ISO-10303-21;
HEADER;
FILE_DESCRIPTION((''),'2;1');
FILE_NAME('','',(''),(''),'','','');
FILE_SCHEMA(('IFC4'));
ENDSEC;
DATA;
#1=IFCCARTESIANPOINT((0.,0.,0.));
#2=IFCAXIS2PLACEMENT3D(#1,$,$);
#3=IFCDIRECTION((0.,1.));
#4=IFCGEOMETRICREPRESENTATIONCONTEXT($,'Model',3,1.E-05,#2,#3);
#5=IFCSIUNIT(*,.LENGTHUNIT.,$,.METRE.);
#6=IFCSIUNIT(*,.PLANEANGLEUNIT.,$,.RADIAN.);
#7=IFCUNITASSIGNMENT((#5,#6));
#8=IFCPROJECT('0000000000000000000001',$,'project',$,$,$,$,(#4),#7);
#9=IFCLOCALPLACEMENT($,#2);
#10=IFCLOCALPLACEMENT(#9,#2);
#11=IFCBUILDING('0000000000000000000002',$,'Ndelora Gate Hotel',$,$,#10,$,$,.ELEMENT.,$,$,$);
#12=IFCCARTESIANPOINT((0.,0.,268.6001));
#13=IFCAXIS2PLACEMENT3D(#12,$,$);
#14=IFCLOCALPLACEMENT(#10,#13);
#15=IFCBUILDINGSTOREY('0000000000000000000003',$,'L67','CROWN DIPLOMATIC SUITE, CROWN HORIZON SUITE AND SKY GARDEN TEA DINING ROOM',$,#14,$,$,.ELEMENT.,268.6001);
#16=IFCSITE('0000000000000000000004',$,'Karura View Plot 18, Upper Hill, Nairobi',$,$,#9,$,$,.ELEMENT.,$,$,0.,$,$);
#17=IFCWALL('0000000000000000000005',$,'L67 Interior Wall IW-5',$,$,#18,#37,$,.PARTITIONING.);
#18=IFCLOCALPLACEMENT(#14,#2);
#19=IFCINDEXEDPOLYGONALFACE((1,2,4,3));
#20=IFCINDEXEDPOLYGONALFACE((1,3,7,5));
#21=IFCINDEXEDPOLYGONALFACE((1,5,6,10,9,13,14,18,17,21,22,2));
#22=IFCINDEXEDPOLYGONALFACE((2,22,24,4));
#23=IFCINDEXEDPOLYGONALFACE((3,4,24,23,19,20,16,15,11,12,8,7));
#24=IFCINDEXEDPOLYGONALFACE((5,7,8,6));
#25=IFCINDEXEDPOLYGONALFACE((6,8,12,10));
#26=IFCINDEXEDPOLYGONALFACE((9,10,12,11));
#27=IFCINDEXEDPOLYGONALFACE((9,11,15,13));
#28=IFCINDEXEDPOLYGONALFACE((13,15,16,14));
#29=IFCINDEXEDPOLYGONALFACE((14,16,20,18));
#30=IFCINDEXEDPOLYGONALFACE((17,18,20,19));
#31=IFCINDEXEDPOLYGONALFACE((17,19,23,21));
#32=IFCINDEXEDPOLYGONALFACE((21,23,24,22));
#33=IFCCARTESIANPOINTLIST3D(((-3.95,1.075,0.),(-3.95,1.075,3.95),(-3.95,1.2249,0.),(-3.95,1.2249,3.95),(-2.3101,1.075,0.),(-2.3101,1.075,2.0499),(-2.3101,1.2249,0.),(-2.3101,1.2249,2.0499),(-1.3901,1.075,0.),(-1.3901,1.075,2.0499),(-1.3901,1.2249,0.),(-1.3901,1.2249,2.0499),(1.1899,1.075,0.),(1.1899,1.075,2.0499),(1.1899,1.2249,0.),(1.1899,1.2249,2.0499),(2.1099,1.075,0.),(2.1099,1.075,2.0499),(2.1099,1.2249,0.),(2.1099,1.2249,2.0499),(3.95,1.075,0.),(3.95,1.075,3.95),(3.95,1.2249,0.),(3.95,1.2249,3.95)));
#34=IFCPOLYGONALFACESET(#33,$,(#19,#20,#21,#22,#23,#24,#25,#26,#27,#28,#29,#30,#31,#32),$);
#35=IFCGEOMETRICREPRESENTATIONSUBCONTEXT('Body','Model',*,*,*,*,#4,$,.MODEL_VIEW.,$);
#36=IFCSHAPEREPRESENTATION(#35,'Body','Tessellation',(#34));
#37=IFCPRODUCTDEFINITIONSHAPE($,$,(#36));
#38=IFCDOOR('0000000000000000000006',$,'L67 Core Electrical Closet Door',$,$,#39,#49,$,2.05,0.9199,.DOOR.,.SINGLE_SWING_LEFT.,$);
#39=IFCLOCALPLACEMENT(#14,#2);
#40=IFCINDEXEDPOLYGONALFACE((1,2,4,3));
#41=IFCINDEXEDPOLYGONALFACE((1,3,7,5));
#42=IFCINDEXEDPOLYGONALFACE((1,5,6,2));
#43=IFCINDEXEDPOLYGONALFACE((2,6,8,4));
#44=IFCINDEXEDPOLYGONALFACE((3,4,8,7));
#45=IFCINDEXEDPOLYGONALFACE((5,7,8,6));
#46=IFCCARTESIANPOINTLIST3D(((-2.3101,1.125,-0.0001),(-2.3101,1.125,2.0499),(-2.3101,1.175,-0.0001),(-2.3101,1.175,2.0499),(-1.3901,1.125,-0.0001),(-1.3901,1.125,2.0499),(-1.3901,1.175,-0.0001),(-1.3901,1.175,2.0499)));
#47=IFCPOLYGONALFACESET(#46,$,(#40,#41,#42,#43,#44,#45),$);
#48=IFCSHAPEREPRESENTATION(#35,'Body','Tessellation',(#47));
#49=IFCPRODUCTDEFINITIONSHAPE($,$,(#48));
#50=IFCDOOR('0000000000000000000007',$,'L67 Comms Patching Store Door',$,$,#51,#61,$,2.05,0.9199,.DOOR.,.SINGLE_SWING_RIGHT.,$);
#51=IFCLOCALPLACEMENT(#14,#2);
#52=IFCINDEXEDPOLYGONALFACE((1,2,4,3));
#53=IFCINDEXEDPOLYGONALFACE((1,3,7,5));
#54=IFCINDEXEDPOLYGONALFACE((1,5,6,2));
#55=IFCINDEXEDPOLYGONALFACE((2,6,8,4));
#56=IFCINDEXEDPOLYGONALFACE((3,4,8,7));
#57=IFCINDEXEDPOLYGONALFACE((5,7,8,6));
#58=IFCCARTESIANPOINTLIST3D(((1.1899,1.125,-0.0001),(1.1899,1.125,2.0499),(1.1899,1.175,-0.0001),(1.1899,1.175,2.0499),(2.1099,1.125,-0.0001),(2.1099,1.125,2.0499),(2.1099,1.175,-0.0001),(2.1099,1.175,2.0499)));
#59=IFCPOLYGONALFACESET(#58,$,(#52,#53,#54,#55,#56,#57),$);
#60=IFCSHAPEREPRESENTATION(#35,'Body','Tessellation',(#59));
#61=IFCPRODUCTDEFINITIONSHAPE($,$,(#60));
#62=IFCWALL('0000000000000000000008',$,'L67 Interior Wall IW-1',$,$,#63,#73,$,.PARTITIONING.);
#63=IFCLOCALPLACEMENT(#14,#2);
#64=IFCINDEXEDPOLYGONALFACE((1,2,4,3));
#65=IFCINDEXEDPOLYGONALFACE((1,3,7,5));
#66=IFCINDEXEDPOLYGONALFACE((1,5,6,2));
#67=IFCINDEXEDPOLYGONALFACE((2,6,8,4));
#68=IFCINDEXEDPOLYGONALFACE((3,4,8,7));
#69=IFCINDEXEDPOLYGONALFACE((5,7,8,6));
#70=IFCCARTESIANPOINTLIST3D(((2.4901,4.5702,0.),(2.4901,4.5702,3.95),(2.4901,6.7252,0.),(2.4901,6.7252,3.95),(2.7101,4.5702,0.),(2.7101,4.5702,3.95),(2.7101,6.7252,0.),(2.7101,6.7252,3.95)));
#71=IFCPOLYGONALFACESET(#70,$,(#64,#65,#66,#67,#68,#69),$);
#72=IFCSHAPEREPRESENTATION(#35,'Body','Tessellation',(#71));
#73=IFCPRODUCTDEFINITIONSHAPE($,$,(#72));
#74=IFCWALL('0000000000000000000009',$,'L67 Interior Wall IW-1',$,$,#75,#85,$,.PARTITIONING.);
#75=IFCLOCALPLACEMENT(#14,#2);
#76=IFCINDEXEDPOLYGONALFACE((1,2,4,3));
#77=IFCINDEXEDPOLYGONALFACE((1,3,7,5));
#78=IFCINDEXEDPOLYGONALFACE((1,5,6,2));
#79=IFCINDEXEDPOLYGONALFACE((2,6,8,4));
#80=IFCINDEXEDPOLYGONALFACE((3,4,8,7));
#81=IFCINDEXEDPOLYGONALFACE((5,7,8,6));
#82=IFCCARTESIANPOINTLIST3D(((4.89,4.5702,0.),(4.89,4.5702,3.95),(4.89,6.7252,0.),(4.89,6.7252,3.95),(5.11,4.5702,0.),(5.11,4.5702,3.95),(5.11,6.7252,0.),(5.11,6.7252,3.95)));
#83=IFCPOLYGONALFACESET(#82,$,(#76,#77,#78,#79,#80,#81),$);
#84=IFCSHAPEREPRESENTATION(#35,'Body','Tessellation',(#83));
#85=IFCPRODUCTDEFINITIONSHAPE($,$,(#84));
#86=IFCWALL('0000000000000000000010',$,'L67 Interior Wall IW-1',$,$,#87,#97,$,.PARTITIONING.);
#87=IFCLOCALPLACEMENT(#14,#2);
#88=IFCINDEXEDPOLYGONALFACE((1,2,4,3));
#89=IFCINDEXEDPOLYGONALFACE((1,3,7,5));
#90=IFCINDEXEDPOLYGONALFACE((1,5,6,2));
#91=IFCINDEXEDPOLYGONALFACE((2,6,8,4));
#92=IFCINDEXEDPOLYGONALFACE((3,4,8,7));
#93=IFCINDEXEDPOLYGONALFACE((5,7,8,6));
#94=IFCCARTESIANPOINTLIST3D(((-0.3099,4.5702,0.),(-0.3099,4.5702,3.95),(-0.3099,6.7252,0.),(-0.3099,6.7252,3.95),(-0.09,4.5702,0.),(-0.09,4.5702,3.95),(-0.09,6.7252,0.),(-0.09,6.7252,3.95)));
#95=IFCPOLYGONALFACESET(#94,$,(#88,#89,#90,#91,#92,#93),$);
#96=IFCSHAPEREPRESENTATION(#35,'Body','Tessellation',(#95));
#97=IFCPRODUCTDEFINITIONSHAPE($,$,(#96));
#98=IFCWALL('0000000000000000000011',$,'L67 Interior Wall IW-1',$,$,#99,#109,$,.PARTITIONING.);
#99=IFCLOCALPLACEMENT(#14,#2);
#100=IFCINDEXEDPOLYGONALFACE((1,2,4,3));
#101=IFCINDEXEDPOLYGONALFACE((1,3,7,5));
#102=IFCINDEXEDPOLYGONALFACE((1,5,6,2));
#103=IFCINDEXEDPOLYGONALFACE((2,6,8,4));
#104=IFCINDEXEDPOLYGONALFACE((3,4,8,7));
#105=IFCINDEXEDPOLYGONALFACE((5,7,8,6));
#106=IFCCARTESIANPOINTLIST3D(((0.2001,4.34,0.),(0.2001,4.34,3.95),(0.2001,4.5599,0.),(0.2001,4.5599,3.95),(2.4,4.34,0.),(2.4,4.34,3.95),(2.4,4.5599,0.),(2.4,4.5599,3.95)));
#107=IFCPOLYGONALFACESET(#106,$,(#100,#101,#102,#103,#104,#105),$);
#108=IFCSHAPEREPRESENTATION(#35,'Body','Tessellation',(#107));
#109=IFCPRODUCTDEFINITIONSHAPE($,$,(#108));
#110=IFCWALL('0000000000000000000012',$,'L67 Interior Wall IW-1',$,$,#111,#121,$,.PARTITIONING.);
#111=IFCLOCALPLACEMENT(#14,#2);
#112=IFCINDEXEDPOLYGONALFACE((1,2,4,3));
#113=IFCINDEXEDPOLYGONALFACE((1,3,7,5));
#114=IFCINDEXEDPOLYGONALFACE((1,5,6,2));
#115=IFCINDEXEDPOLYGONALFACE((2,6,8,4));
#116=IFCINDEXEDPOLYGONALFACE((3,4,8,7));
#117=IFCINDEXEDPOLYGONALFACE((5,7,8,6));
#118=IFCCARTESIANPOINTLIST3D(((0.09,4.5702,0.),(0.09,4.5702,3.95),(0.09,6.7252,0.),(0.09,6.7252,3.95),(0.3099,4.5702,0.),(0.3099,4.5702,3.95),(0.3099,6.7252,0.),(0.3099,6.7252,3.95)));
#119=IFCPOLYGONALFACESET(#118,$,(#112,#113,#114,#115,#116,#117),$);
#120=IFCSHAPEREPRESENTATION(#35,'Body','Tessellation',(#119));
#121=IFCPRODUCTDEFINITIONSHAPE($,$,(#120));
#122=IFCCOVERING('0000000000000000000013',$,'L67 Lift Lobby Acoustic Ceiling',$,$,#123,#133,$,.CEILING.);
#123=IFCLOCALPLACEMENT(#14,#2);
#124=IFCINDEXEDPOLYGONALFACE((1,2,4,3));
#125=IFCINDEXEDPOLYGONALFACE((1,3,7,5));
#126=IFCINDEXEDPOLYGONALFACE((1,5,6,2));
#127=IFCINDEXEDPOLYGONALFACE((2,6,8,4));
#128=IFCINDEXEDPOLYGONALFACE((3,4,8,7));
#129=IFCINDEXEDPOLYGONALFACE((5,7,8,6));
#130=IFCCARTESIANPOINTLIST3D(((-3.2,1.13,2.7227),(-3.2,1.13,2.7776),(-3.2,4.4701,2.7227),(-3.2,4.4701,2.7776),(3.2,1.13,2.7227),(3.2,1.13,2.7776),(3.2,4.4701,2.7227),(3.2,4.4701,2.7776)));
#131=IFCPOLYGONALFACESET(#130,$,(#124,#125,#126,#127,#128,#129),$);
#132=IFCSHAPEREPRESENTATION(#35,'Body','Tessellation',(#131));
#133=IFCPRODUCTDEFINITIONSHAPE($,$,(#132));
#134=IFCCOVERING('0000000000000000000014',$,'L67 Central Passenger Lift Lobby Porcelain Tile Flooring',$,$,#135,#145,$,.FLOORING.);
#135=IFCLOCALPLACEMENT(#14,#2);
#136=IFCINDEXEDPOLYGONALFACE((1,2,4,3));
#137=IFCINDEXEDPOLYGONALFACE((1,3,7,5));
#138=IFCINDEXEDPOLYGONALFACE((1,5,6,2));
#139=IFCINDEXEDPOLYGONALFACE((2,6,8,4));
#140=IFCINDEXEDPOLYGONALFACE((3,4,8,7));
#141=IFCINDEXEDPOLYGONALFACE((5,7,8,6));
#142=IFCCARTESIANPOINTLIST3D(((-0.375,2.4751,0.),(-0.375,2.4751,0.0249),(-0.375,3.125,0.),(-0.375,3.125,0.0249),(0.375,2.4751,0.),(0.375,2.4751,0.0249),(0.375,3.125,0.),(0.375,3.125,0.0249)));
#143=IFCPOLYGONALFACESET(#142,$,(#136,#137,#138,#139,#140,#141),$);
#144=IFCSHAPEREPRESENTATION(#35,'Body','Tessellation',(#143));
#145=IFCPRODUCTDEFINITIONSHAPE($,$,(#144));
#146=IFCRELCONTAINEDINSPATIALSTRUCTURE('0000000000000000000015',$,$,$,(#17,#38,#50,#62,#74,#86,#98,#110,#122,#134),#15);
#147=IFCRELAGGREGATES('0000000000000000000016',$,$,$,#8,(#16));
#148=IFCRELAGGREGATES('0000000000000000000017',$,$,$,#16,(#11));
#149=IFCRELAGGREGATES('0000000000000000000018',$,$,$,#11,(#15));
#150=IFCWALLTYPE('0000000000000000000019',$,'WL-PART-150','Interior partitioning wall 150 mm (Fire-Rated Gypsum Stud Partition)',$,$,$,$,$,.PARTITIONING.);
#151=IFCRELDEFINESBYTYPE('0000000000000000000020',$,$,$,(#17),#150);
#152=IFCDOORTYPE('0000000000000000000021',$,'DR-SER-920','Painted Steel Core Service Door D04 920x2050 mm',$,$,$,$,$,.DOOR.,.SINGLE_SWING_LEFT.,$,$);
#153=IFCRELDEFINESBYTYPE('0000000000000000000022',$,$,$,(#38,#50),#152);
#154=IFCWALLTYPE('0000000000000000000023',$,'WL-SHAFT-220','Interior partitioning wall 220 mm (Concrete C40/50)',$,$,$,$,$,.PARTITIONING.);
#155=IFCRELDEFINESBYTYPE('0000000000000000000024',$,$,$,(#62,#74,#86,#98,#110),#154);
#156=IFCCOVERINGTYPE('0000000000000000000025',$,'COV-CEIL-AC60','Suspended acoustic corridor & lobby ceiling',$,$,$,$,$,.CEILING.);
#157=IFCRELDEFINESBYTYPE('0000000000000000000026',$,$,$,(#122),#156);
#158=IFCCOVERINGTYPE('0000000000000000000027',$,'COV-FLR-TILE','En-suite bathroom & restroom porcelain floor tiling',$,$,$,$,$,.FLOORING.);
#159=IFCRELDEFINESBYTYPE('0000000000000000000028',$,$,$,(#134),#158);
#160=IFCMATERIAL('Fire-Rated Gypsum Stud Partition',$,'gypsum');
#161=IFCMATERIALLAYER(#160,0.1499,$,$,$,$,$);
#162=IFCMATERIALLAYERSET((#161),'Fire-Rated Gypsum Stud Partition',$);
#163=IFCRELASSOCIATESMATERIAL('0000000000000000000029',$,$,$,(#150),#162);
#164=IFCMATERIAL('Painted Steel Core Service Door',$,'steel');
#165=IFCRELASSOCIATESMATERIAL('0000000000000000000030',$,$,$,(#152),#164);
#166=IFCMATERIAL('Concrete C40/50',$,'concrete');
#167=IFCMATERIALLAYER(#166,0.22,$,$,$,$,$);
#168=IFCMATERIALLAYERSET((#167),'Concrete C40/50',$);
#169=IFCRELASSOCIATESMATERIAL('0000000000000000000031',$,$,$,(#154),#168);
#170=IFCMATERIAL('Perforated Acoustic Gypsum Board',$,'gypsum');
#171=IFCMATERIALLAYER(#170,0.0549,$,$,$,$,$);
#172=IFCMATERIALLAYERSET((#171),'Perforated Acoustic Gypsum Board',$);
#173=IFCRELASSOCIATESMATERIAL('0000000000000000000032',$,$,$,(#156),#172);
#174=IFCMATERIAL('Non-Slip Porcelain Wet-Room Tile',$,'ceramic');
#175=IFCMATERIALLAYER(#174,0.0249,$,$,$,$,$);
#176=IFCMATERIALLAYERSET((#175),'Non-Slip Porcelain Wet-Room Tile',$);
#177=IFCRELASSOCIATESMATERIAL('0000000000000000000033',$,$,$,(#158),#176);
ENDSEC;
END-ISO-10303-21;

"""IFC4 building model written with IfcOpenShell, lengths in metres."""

from ifc_helpers import new_model, si_unit, direction, frame, frame_2d, origin, origin_2d, place, context, subcontext, project, spatial, rectangle, extrude, material, layer, layer_set, type_object, element, fill, save


model = new_model("IFC4")

# Units and contexts
model_context = context("Model", 3, precision=1e-05, world=origin(), true_north=direction((0.0, 1.0)))
body_context = subcontext(model_context, "Body", "Model", "MODEL_VIEW")
ifc_project = project(units=[si_unit("LENGTHUNIT", "METRE"), si_unit("PLANEANGLEUNIT", "RADIAN")], contexts=[model_context])

# Site, building, storey
site_placement = place(None, origin())
site = spatial("IfcSite", under=ifc_project, at=site_placement, Name="Karura View Plot 18, Upper Hill, Nairobi", CompositionType="ELEMENT", RefElevation=0.0)
building_placement = place(site_placement, origin())
building = spatial("IfcBuilding", under=site, at=building_placement, Name="Ndelora Gate Hotel", CompositionType="ELEMENT")
storey_placement = place(building_placement, frame((0.0, 0.0, 268.6001)))
storey = spatial("IfcBuildingStorey", under=building, at=storey_placement, Name="L67", Description="CROWN DIPLOMATIC SUITE, CROWN HORIZON SUITE AND SKY GARDEN TEA DINING ROOM", CompositionType="ELEMENT", Elevation=268.6001)

# Shared definitions
ifc_material_1 = material(Name="Concrete C40/50", Category="concrete")

# Wall, openings, doors
ifc_material_2 = material(Name="Fire-Rated Gypsum Stud Partition", Category="gypsum")
ifc_layer_1 = layer(ifc_material_2, 0.1499)
ifc_layer_set_1 = layer_set([ifc_layer_1], Name="Fire-Rated Gypsum Stud Partition")
wall_type_1 = type_object("IfcWallType", Name="WL-PART-150", Description="Interior partitioning wall 150 mm (Fire-Rated Gypsum Stud Partition)", PredefinedType="PARTITIONING", material=ifc_layer_set_1)
wall_1_placement = place(storey_placement, frame((3.95, 1.1499, 0.0), z_axis=(0.0, 0.0, 1.0), x_axis=(-1.0, 0.0, 0.0)))
wall_1 = element("IfcWall", 1, at=wall_1_placement, inside=storey, type_object=wall_type_1, Name="L67 Interior Wall IW-5", PredefinedType="PARTITIONING", context=body_context, shape_type="SweptSolid", body=[
    extrude(rectangle(XDim=7.8999, YDim=0.1499, at=frame_2d((3.95, 0.0))), origin(), (0.0, 0.0, 1.0), 3.95),
])
opening_1_placement = place(wall_1_placement, frame((5.3401, 0.0, 0.0)))
opening_1 = element("IfcOpeningElement", 2, at=opening_1_placement, cuts=wall_1, PredefinedType="OPENING", context=body_context, shape_type="SweptSolid", body=[
    extrude(rectangle(XDim=0.9199, YDim=2.05, at=frame_2d((0.46, 1.0249))), frame((0.0, 0.085, 0.0), z_axis=(0.0, -1.0, 0.0), x_axis=(1.0, 0.0, 0.0)), (0.0, 0.0, 1.0), 0.1699),
])
opening_2_placement = place(wall_1_placement, frame((1.8401, 0.0, 0.0)))
opening_2 = element("IfcOpeningElement", 3, at=opening_2_placement, cuts=wall_1, PredefinedType="OPENING", context=body_context, shape_type="SweptSolid", body=[
    extrude(rectangle(XDim=0.9199, YDim=2.05, at=frame_2d((0.46, 1.0249))), frame((0.0, 0.085, 0.0), z_axis=(0.0, -1.0, 0.0), x_axis=(1.0, 0.0, 0.0)), (0.0, 0.0, 1.0), 0.1699),
])
ifc_material_3 = material(Name="Painted Steel Core Service Door", Category="steel")
door_type_1 = type_object("IfcDoorType", Name="DR-SER-920", Description="Painted Steel Core Service Door D04 920x2050 mm", OperationType="SINGLE_SWING_LEFT", PredefinedType="DOOR", material=ifc_material_3)
door_1_placement = place(opening_1_placement, origin())
door_1 = element("IfcDoor", 4, at=door_1_placement, inside=storey, type_object=door_type_1, Name="L67 Core Electrical Closet Door", OperationType="SINGLE_SWING_LEFT", OverallHeight=2.05, OverallWidth=0.9199, PredefinedType="DOOR", context=body_context, shape_type="SweptSolid", body=[
    extrude(rectangle(XDim=0.9199, YDim=2.05, at=frame_2d((0.46, 1.0249))), frame((0.0, 0.0249, 0.0), z_axis=(0.0, -1.0, 0.0), x_axis=(1.0, 0.0, 0.0)), (0.0, 0.0, 1.0), 0.05),
])
fill(opening_1, door_1)
door_2_placement = place(opening_2_placement, origin())
door_2 = element("IfcDoor", 5, at=door_2_placement, inside=storey, type_object=door_type_1, Name="L67 Comms Patching Store Door", OperationType="SINGLE_SWING_RIGHT", OverallHeight=2.05, OverallWidth=0.9199, PredefinedType="DOOR", context=body_context, shape_type="SweptSolid", body=[
    extrude(rectangle(XDim=0.9199, YDim=2.05, at=frame_2d((0.46, 1.0249))), frame((0.0, 0.0249, 0.0), z_axis=(0.0, -1.0, 0.0), x_axis=(1.0, 0.0, 0.0)), (0.0, 0.0, 1.0), 0.05),
])
fill(opening_2, door_2)

# Shared definitions
ifc_layer_2 = layer(ifc_material_1, 0.22)
ifc_layer_set_2 = layer_set([ifc_layer_2], Name="Concrete C40/50")
wall_type_2 = type_object("IfcWallType", Name="WL-SHAFT-220", Description="Interior partitioning wall 220 mm (Concrete C40/50)", PredefinedType="PARTITIONING", material=ifc_layer_set_2)

# Walls
for number, where, z_axis, x_axis, name in (
    (6, (2.6001, 4.5701, 0.0), (0.0, 0.0, 1.0), (0.0, 1.0, 0.0), "L67 Interior Wall IW-1"),
    (7, (5.0, 4.5701, 0.0), (0.0, 0.0, 1.0), (0.0, 1.0, 0.0), "L67 Interior Wall IW-1"),
    (8, (-0.2, 4.5701, 0.0), (0.0, 0.0, 1.0), (0.0, 1.0, 0.0), "L67 Interior Wall IW-1"),
):
    element("IfcWall", number, at=place(storey_placement, frame(where, z_axis=z_axis, x_axis=x_axis)), inside=storey, type_object=wall_type_2, Name=name, PredefinedType="PARTITIONING", context=body_context, shape_type="SweptSolid", body=[
        extrude(rectangle(XDim=2.155, YDim=0.22, at=frame_2d((1.0776, 0.0))), origin(), (0.0, 0.0, 1.0), 3.95),
    ])
wall_2_placement = place(storey_placement, frame((0.2, 4.45, 0.0), z_axis=(0.0, 0.0, 1.0), x_axis=(1.0, 0.0, 0.0)))
element("IfcWall", 9, at=wall_2_placement, inside=storey, type_object=wall_type_2, Name="L67 Interior Wall IW-1", PredefinedType="PARTITIONING", context=body_context, shape_type="SweptSolid", body=[
    extrude(rectangle(XDim=2.2, YDim=0.22, at=frame_2d((1.1001, 0.0))), origin(), (0.0, 0.0, 1.0), 3.95),
])
wall_3_placement = place(storey_placement, frame((0.2, 4.5701, 0.0), z_axis=(0.0, 0.0, 1.0), x_axis=(0.0, 1.0, 0.0)))
element("IfcWall", 10, at=wall_3_placement, inside=storey, type_object=wall_type_2, Name="L67 Interior Wall IW-1", PredefinedType="PARTITIONING", context=body_context, shape_type="SweptSolid", body=[
    extrude(rectangle(XDim=2.155, YDim=0.22, at=frame_2d((1.0776, 0.0))), origin(), (0.0, 0.0, 1.0), 3.95),
])

# Coverings
ifc_material_4 = material(Name="Perforated Acoustic Gypsum Board", Category="gypsum")
ifc_layer_3 = layer(ifc_material_4, 0.0549)
ifc_layer_set_3 = layer_set([ifc_layer_3], Name="Perforated Acoustic Gypsum Board")
covering_type_1 = type_object("IfcCoveringType", Name="COV-CEIL-AC60", Description="Suspended acoustic corridor & lobby ceiling", PredefinedType="CEILING", material=ifc_layer_set_3)
covering_1_placement = place(storey_placement, frame((0.0, 2.8, 2.7227), z_axis=(0.0, 0.0, 1.0), x_axis=(1.0, 0.0, 0.0)))
element("IfcCovering", 11, at=covering_1_placement, inside=storey, type_object=covering_type_1, Name="L67 Lift Lobby Acoustic Ceiling", PredefinedType="CEILING", context=body_context, shape_type="SweptSolid", body=[
    extrude(rectangle(XDim=6.3999, YDim=3.3401, at=origin_2d()), origin(), (0.0, 0.0, 1.0), 0.0549),
])
ifc_material_5 = material(Name="Non-Slip Porcelain Wet-Room Tile", Category="ceramic")
ifc_layer_4 = layer(ifc_material_5, 0.0249)
ifc_layer_set_4 = layer_set([ifc_layer_4], Name="Non-Slip Porcelain Wet-Room Tile")
covering_type_2 = type_object("IfcCoveringType", Name="COV-FLR-TILE", Description="En-suite bathroom & restroom porcelain floor tiling", PredefinedType="FLOORING", material=ifc_layer_set_4)
covering_2_placement = place(storey_placement, frame((0.0, 2.8, 0.0), z_axis=(0.0, 0.0, 1.0), x_axis=(1.0, 0.0, 0.0)))
element("IfcCovering", 12, at=covering_2_placement, inside=storey, type_object=covering_type_2, Name="L67 Central Passenger Lift Lobby Porcelain Tile Flooring", PredefinedType="FLOORING", context=body_context, shape_type="SweptSolid", body=[
    extrude(rectangle(XDim=0.75, YDim=0.6499, at=origin_2d()), origin(), (0.0, 0.0, 1.0), 0.0249),
])

save(model, "model.ifc")
